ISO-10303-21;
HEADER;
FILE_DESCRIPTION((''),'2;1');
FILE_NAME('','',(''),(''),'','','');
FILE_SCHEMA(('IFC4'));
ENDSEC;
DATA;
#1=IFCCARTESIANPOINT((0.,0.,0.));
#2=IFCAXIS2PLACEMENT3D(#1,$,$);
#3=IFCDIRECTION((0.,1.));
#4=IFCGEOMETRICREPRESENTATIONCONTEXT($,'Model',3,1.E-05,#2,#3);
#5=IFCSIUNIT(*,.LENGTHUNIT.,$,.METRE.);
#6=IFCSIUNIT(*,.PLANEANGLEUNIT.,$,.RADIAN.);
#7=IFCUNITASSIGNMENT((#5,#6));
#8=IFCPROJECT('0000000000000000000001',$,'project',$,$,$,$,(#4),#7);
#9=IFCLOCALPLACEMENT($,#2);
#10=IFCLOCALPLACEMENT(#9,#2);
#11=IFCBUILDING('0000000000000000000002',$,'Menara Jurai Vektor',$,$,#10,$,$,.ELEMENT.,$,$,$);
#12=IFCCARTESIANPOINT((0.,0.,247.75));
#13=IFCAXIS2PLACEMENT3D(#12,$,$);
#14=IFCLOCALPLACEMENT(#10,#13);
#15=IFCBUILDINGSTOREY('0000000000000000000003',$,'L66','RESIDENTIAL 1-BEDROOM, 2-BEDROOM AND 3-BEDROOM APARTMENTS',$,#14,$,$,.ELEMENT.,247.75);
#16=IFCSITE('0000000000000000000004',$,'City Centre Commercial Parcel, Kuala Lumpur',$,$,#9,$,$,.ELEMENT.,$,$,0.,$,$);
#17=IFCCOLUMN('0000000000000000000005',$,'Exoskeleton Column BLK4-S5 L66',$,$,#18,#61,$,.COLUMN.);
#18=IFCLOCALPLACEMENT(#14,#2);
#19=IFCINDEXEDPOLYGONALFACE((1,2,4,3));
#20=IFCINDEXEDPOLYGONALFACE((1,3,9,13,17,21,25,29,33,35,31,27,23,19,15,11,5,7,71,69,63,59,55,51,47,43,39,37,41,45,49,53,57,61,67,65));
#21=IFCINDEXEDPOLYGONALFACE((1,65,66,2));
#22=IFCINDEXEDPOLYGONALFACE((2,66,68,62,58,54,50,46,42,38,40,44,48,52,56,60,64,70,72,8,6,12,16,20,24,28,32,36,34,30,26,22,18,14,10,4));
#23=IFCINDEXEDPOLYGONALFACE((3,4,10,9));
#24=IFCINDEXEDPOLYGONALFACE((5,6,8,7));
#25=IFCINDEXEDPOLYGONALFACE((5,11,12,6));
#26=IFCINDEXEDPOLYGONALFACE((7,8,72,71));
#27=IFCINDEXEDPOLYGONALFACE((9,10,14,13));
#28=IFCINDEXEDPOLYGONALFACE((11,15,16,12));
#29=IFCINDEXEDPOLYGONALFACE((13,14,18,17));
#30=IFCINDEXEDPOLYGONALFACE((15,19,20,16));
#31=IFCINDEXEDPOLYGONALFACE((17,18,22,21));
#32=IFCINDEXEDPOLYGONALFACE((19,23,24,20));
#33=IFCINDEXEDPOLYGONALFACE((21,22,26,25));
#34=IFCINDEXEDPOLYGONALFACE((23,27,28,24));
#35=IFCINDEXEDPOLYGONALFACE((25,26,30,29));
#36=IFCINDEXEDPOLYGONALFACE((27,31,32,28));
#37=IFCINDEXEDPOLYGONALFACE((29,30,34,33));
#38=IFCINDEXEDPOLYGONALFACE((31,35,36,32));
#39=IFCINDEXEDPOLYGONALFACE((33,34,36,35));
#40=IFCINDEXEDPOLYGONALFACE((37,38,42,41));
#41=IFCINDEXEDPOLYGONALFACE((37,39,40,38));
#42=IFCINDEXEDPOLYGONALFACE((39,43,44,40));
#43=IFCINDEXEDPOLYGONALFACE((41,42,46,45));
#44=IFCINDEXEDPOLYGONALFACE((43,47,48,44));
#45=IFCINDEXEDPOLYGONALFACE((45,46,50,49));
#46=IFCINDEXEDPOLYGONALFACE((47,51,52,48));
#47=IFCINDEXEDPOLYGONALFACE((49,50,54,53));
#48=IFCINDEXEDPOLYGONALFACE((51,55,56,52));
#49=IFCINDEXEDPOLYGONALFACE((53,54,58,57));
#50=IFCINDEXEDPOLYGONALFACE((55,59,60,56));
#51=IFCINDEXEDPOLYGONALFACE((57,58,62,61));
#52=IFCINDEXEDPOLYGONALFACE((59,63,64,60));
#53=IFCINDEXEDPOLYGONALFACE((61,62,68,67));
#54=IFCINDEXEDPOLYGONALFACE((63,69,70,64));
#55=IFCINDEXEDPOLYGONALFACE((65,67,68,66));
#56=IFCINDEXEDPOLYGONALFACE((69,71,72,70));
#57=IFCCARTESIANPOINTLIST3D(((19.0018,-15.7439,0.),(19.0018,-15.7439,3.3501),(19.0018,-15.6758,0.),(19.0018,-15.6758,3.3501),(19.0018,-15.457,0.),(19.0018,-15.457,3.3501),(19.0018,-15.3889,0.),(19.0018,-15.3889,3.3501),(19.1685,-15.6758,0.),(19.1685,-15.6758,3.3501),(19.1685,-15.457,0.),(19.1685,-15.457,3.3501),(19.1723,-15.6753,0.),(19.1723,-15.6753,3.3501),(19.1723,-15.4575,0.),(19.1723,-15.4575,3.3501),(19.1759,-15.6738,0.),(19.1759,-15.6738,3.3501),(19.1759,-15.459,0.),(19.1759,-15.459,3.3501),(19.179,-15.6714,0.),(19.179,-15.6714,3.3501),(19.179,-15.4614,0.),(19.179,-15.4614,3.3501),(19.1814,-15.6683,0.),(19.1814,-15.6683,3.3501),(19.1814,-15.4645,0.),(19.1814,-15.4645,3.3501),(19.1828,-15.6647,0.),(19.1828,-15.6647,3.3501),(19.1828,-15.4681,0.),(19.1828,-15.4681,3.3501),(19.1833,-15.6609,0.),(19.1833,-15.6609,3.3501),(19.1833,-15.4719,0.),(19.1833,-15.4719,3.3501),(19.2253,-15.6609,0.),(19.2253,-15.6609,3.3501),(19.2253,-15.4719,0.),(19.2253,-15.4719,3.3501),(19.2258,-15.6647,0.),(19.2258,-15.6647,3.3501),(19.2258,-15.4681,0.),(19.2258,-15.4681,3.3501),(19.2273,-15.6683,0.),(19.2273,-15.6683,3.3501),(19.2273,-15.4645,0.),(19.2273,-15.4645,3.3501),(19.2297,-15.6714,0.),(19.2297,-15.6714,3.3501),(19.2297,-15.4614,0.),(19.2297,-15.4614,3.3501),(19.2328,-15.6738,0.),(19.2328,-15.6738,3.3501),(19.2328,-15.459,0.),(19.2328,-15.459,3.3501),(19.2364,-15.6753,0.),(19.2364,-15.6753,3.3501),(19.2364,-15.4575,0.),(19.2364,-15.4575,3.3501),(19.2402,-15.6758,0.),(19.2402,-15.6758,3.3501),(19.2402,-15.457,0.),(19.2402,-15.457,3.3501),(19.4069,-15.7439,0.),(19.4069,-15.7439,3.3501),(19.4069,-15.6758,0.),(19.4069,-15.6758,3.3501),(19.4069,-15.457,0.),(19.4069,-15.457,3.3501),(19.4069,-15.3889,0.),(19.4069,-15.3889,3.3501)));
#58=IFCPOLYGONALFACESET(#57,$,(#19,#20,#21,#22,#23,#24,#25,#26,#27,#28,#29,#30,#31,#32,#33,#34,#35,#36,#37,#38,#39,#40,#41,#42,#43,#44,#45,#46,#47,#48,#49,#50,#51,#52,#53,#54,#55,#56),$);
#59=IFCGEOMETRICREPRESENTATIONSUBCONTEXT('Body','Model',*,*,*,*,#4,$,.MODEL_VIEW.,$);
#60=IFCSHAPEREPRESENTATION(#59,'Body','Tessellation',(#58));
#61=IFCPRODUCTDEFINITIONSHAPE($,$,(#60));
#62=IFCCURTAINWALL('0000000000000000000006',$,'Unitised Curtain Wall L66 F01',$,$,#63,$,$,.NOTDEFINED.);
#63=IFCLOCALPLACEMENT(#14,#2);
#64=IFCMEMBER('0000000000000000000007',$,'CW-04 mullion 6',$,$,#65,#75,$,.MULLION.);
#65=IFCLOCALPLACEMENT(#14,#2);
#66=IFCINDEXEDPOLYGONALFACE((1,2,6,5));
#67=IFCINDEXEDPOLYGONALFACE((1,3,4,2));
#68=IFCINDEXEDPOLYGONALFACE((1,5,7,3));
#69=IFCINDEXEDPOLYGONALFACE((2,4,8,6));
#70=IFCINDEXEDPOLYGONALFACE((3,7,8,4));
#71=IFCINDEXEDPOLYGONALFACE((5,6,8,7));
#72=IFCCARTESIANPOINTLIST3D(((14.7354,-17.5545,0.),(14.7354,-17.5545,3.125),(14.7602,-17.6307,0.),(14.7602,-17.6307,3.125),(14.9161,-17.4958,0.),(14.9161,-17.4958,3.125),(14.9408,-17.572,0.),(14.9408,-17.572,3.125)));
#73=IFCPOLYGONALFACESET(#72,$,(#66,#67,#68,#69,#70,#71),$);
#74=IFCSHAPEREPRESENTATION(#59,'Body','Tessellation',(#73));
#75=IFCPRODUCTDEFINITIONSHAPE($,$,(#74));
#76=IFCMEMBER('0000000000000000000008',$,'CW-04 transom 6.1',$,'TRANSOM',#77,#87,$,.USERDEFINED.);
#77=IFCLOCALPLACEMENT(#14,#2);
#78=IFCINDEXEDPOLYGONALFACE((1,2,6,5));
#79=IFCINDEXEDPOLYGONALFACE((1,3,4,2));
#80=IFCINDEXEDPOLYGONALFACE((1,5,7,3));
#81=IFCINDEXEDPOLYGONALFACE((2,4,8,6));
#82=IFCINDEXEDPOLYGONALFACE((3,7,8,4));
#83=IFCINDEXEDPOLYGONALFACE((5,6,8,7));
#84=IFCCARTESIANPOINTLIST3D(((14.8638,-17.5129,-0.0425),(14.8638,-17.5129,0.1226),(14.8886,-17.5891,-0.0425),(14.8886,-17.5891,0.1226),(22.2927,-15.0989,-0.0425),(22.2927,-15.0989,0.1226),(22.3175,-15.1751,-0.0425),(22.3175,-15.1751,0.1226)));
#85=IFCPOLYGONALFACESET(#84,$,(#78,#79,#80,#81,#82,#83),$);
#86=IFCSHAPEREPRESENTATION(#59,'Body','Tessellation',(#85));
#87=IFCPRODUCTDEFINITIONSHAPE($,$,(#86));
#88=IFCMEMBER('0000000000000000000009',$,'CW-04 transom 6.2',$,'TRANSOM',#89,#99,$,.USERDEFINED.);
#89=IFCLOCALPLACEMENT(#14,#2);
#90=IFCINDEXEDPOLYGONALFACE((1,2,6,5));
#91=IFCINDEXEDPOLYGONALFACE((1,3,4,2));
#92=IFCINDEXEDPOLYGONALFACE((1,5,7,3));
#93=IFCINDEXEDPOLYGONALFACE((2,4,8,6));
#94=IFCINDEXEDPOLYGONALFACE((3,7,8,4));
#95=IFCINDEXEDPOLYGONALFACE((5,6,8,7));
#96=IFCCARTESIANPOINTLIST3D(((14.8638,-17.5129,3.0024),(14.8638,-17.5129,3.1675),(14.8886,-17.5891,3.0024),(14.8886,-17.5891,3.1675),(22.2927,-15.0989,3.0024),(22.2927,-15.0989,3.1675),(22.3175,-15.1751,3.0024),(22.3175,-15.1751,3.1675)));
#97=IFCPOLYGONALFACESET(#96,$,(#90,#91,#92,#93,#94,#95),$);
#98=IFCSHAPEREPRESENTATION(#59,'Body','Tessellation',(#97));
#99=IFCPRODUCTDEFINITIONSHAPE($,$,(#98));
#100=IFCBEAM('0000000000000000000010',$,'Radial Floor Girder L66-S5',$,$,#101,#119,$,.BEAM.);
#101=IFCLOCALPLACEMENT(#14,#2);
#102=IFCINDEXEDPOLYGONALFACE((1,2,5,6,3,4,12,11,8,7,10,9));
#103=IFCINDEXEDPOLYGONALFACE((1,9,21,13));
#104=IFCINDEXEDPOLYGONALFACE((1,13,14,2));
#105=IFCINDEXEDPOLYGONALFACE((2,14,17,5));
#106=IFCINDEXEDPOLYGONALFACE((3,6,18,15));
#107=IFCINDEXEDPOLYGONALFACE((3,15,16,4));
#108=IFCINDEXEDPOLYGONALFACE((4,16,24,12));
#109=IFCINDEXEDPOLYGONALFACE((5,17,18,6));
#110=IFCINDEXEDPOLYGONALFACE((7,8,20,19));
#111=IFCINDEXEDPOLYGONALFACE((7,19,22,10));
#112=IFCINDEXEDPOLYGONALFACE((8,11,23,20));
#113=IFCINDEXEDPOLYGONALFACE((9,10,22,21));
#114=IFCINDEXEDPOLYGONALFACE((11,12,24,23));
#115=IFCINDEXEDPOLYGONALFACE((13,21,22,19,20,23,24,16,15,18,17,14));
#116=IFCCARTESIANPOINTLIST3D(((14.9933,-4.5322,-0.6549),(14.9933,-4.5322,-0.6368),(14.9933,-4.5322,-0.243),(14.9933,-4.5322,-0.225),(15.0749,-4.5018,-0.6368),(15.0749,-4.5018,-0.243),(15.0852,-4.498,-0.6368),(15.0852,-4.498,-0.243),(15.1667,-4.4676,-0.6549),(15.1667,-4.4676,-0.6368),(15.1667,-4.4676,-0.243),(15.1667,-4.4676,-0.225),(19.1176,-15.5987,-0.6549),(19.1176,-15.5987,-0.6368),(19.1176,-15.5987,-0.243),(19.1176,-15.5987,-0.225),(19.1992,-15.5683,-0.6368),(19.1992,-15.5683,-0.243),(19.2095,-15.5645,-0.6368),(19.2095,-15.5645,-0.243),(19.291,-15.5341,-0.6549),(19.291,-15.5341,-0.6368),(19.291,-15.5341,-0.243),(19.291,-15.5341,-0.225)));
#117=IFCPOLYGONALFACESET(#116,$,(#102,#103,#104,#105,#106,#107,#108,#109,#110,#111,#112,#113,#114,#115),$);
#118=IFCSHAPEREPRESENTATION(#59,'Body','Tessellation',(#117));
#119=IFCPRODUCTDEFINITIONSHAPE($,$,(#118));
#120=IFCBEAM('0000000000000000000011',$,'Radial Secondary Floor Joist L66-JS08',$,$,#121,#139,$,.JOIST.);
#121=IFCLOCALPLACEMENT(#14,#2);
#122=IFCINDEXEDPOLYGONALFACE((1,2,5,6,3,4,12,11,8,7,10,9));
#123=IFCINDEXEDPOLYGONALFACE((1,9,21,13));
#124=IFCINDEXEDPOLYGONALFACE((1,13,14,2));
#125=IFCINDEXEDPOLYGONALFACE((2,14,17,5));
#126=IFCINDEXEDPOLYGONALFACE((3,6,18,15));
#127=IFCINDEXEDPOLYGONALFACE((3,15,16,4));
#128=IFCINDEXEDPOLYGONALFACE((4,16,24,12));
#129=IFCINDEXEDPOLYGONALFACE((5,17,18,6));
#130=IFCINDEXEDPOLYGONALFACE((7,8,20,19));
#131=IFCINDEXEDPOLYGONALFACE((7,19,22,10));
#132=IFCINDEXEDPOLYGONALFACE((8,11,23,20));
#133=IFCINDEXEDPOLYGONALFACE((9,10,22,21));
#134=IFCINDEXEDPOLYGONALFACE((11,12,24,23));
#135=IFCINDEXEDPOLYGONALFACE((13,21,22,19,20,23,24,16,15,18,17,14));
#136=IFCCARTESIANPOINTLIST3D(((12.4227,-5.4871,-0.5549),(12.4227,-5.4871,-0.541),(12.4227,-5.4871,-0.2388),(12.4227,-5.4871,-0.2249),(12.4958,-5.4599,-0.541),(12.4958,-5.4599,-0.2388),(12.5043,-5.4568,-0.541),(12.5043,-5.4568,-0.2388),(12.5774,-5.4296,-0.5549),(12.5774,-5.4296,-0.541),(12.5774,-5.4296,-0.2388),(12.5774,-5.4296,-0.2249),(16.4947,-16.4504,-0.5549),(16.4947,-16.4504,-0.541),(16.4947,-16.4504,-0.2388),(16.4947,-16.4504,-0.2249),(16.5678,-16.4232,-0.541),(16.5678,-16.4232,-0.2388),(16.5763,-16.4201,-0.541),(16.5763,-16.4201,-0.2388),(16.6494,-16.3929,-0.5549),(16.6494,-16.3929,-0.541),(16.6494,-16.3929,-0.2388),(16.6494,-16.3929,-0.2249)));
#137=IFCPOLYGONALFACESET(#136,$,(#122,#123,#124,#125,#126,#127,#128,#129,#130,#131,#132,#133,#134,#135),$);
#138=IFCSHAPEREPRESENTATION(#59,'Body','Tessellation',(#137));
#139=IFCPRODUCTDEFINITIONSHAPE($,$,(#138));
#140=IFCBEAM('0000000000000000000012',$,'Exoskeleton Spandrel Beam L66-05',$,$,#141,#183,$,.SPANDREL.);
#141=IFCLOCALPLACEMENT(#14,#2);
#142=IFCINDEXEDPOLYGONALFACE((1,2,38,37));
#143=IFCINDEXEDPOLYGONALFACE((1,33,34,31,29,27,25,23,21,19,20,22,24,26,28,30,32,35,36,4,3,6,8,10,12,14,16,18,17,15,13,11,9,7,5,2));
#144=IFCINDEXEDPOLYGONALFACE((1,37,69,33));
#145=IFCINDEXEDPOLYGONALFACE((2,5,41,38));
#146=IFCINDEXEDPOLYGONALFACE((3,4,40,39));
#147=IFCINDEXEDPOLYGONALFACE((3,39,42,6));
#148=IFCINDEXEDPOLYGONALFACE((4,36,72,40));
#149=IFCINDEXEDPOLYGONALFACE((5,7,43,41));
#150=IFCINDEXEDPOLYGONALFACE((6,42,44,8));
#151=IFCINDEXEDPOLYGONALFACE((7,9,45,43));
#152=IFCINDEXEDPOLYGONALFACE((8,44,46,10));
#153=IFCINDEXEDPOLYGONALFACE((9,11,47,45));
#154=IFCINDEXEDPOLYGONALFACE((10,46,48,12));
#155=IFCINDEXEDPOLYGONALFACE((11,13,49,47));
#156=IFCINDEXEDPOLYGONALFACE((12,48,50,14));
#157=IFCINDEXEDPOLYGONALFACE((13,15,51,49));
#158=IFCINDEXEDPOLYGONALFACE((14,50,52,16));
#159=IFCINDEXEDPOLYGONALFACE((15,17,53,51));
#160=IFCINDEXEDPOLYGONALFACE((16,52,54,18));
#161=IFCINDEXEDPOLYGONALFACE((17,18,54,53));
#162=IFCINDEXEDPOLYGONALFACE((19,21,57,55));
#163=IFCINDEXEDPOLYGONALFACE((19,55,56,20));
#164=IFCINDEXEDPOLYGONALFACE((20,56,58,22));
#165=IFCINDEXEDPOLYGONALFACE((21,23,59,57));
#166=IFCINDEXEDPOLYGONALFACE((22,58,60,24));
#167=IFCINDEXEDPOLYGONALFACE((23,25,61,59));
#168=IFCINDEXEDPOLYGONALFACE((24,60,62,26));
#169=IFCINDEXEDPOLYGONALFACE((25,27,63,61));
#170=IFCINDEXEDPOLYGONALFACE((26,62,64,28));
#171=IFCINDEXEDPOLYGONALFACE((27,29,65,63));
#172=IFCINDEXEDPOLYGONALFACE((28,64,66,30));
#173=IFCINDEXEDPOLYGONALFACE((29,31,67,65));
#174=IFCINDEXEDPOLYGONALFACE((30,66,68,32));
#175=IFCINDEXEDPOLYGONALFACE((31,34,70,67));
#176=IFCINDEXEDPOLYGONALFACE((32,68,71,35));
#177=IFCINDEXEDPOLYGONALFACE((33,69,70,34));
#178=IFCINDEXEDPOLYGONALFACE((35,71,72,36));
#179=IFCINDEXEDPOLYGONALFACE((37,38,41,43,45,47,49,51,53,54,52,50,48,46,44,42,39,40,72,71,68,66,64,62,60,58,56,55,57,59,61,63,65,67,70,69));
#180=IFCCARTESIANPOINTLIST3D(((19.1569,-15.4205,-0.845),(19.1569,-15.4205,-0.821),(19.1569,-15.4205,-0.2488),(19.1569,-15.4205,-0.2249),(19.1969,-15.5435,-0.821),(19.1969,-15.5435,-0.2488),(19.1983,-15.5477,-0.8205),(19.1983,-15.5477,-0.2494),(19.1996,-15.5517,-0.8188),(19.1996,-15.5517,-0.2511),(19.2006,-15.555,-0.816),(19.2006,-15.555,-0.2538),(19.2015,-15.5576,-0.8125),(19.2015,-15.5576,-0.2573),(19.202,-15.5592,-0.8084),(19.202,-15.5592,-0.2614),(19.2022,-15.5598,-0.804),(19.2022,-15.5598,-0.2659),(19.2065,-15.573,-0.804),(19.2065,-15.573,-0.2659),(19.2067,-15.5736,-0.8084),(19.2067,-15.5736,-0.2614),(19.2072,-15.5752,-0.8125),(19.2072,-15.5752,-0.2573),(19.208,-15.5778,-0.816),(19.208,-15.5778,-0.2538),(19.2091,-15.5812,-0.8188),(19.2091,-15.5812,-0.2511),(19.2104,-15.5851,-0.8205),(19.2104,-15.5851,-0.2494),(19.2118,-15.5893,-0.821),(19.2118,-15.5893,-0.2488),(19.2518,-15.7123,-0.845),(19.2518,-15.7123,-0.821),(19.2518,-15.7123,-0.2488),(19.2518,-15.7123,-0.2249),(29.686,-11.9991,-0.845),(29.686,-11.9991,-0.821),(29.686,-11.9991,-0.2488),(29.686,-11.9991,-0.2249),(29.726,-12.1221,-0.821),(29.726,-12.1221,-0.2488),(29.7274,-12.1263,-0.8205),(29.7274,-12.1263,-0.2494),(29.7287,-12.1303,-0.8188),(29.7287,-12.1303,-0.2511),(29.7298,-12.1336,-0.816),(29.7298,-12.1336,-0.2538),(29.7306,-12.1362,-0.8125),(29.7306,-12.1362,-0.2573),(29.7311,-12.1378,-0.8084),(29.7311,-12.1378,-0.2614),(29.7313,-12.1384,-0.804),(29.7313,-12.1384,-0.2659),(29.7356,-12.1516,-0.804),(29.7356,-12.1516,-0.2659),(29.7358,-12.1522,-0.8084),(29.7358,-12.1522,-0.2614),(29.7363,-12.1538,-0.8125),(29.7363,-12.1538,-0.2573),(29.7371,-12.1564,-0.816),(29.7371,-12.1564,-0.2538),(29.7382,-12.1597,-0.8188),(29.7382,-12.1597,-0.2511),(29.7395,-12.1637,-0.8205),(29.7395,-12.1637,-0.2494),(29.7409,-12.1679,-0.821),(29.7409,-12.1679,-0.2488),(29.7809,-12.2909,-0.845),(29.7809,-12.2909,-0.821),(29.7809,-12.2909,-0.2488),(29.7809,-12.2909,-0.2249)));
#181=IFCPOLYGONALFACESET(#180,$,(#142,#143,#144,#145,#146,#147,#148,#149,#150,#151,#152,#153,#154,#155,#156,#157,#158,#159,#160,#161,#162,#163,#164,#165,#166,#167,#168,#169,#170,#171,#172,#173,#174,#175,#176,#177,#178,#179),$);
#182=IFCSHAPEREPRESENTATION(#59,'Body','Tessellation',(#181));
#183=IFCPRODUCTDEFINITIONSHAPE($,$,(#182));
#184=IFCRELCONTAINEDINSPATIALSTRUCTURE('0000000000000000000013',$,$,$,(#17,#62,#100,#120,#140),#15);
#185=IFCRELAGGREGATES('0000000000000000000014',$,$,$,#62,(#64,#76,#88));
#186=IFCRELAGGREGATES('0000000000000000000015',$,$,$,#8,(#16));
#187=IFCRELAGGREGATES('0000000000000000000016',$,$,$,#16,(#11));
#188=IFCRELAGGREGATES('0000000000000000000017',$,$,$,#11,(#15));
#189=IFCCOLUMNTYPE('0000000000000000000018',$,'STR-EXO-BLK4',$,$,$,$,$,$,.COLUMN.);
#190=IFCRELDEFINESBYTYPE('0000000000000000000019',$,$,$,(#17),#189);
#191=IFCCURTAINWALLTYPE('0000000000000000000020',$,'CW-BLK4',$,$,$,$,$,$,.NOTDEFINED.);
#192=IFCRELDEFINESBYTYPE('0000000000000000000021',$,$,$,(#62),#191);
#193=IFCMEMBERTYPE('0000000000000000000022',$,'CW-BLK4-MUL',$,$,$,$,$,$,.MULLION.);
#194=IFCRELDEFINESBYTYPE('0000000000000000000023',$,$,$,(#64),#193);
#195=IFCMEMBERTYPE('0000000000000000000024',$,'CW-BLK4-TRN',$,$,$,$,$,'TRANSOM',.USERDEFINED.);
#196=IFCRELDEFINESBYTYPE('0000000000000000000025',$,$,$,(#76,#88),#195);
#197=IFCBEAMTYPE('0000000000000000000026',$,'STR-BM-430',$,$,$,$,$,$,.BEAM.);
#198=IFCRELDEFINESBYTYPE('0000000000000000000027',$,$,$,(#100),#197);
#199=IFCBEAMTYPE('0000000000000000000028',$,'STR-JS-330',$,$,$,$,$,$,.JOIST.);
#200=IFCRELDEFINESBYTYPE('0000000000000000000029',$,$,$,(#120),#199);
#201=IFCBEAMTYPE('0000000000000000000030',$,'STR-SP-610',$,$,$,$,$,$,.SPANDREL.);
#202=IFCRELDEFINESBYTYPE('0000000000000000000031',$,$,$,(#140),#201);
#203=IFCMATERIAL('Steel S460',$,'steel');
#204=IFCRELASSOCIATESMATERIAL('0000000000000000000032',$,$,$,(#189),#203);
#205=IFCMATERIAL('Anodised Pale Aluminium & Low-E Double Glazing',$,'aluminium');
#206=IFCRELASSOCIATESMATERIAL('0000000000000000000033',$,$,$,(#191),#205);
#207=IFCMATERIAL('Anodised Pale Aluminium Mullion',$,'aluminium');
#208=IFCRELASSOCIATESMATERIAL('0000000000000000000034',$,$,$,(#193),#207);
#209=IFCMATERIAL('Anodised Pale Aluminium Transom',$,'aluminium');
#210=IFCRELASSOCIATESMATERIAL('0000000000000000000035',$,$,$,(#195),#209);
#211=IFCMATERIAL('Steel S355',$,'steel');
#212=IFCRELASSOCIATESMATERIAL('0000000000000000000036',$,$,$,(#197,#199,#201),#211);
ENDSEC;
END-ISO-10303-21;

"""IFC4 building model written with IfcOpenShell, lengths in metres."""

from ifc_helpers import new_model, si_unit, direction, frame, origin, origin_2d, place, context, subcontext, project, spatial, rectangle, i_section, extrude, material, material_profile, profile_set, type_object, element, aggregate, save


model = new_model("IFC4")

# Units and contexts
model_context = context("Model", 3, precision=1e-05, world=origin(), true_north=direction((0.0, 1.0)))
body_context = subcontext(model_context, "Body", "Model", "MODEL_VIEW")
ifc_project = project(units=[si_unit("LENGTHUNIT", "METRE"), si_unit("PLANEANGLEUNIT", "RADIAN")], contexts=[model_context])

# Site, building, storey
site_placement = place(None, origin())
site = spatial("IfcSite", under=ifc_project, at=site_placement, Name="City Centre Commercial Parcel, Kuala Lumpur", CompositionType="ELEMENT", RefElevation=0.0)
building_placement = place(site_placement, origin())
building = spatial("IfcBuilding", under=site, at=building_placement, Name="Menara Jurai Vektor", CompositionType="ELEMENT")
storey_placement = place(building_placement, frame((0.0, 0.0, 247.75)))
storey = spatial("IfcBuildingStorey", under=building, at=storey_placement, Name="L66", Description="RESIDENTIAL 1-BEDROOM, 2-BEDROOM AND 3-BEDROOM APARTMENTS", CompositionType="ELEMENT", Elevation=247.75)

# Column
ifc_material_1 = material(Name="Steel S460", Category="steel")
ifc_material_profile_1 = material_profile(ifc_material_1, i_section(OverallWidth=0.405, OverallDepth=0.355, WebThickness=0.042, FlangeThickness=0.0681, FilletRadius=0.0149, at=origin_2d()), Name="HD 400x551")
ifc_profile_set_1 = profile_set([ifc_material_profile_1], Name="Steel S460")
column_type = type_object("IfcColumnType", Name="STR-EXO-BLK4", PredefinedType="COLUMN", material=ifc_profile_set_1)
column_placement = place(storey_placement, frame((19.2043, -15.5664, 0.0), z_axis=(0.0, 0.0, 1.0), x_axis=(1.0, 0.0, 0.0)))
element("IfcColumn", 1, at=column_placement, inside=storey, type_object=column_type, Name="Exoskeleton Column BLK4-S5 L66", PredefinedType="COLUMN", context=body_context, shape_type="SweptSolid", body=[
    extrude(i_section(OverallWidth=0.405, OverallDepth=0.355, WebThickness=0.042, FlangeThickness=0.0681, FilletRadius=0.0149, at=origin_2d()), origin(), (0.0, 0.0, 1.0), 3.3501),
])

# Curtain wall, members
ifc_material_2 = material(Name="Anodised Pale Aluminium & Low-E Double Glazing", Category="aluminium")
curtain_wall_type = type_object("IfcCurtainWallType", Name="CW-BLK4", PredefinedType="NOTDEFINED", material=ifc_material_2)
curtain_wall_placement = place(storey_placement, origin())
curtain_wall = element("IfcCurtainWall", 2, at=curtain_wall_placement, inside=storey, type_object=curtain_wall_type, Name="Unitised Curtain Wall L66 F01", PredefinedType="NOTDEFINED")
ifc_material_3 = material(Name="Anodised Pale Aluminium Mullion", Category="aluminium")
ifc_material_profile_2 = material_profile(ifc_material_3, rectangle(XDim=0.0801, YDim=0.1899, at=origin_2d()), Name="ALU MUL 80x190")
ifc_profile_set_2 = profile_set([ifc_material_profile_2], Name="Anodised Pale Aluminium Mullion")
member_type_1 = type_object("IfcMemberType", Name="CW-BLK4-MUL", PredefinedType="MULLION", material=ifc_profile_set_2)
member_1_placement = place(storey_placement, frame((14.8381, -17.5632, 0.0), z_axis=(0.0, 0.0, 1.0), x_axis=(-0.309017, 0.951056, 0.0)))
member_1 = element("IfcMember", 3, at=member_1_placement, type_object=member_type_1, Name="CW-04 mullion 6", PredefinedType="MULLION", context=body_context, shape_type="SweptSolid", body=[
    extrude(rectangle(XDim=0.0801, YDim=0.1899, at=origin_2d()), origin(), (0.0, 0.0, 1.0), 3.125),
])
ifc_material_4 = material(Name="Anodised Pale Aluminium Transom", Category="aluminium")
ifc_material_profile_3 = material_profile(ifc_material_4, rectangle(XDim=0.0801, YDim=0.165, at=origin_2d()), Name="ALU TRN 80x165")
ifc_profile_set_3 = profile_set([ifc_material_profile_3], Name="Anodised Pale Aluminium Transom")
member_type_2 = type_object("IfcMemberType", Name="CW-BLK4-TRN", ElementType="TRANSOM", PredefinedType="USERDEFINED", material=ifc_profile_set_3)
member_2_placement = place(storey_placement, frame((14.8762, -17.551, 0.04), z_axis=(0.951047, 0.309046, 0.0), x_axis=(-0.309046, 0.951047, 0.0)))
member_2 = element("IfcMember", 4, at=member_2_placement, type_object=member_type_2, Name="CW-04 transom 6.1", ObjectType="TRANSOM", PredefinedType="USERDEFINED", context=body_context, shape_type="SweptSolid", body=[
    extrude(rectangle(XDim=0.0801, YDim=0.165, at=origin_2d()), origin(), (0.0, 0.0, 1.0), 7.8113),
])
member_3_placement = place(storey_placement, frame((14.8762, -17.551, 3.085), z_axis=(0.951047, 0.309046, 0.0), x_axis=(-0.309046, 0.951047, 0.0)))
member_3 = element("IfcMember", 5, at=member_3_placement, type_object=member_type_2, Name="CW-04 transom 6.2", ObjectType="TRANSOM", PredefinedType="USERDEFINED", context=body_context, shape_type="SweptSolid", body=[
    extrude(rectangle(XDim=0.0801, YDim=0.165, at=origin_2d()), origin(), (0.0, 0.0, 1.0), 7.8113),
])

# Beams
ifc_material_5 = material(Name="Steel S355", Category="steel")
ifc_material_profile_4 = material_profile(ifc_material_5, i_section(OverallWidth=0.1851, OverallDepth=0.4299, WebThickness=0.011, FlangeThickness=0.0181, at=origin_2d()), Name="PG 430x185x76")
ifc_profile_set_4 = profile_set([ifc_material_profile_4], Name="Steel S355")
beam_type_1 = type_object("IfcBeamType", Name="STR-BM-430", PredefinedType="BEAM", material=ifc_profile_set_4)
beam_1_placement = place(storey_placement, frame((19.2043, -15.5664, -0.4399), z_axis=(-0.34922, 0.937041, 0.0), x_axis=(-0.937041, -0.34922, 0.0)))
element("IfcBeam", 6, at=beam_1_placement, inside=storey, type_object=beam_type_1, Name="Radial Floor Girder L66-S5", PredefinedType="BEAM", context=body_context, shape_type="SweptSolid", body=[
    extrude(i_section(OverallWidth=0.1851, OverallDepth=0.4299, WebThickness=0.011, FlangeThickness=0.0181, at=origin_2d()), origin(), (0.0, 0.0, 1.0), 11.8101),
])
ifc_material_profile_5 = material_profile(ifc_material_5, i_section(OverallWidth=0.165, OverallDepth=0.3301, WebThickness=0.009, FlangeThickness=0.0139, at=origin_2d()), Name="PG 330x165x46")
ifc_profile_set_5 = profile_set([ifc_material_profile_5], Name="Steel S355")
beam_type_2 = type_object("IfcBeamType", Name="STR-JS-330", PredefinedType="JOIST", material=ifc_profile_set_5)
beam_2_placement = place(storey_placement, frame((16.572, -16.4216, -0.3899), z_axis=(-0.34818, 0.937428, 0.0), x_axis=(-0.937428, -0.34818, 0.0)))
element("IfcBeam", 7, at=beam_2_placement, inside=storey, type_object=beam_type_2, Name="Radial Secondary Floor Joist L66-JS08", PredefinedType="JOIST", context=body_context, shape_type="SweptSolid", body=[
    extrude(i_section(OverallWidth=0.165, OverallDepth=0.3301, WebThickness=0.009, FlangeThickness=0.0139, at=origin_2d()), origin(), (0.0, 0.0, 1.0), 11.6951),
])
ifc_material_profile_6 = material_profile(ifc_material_5, i_section(OverallWidth=0.3069, OverallDepth=0.6201, WebThickness=0.0139, FlangeThickness=0.0239, FilletRadius=0.0171, at=origin_2d()), Name="UKB 610x305x179")
ifc_profile_set_6 = profile_set([ifc_material_profile_6], Name="Steel S355")
beam_type_3 = type_object("IfcBeamType", Name="STR-SP-610", PredefinedType="SPANDREL", material=ifc_profile_set_6)
beam_3_placement = place(storey_placement, frame((19.2043, -15.5664, -0.5349), z_axis=(0.951049, 0.309041, 0.0), x_axis=(-0.309041, 0.951049, 0.0)))
element("IfcBeam", 8, at=beam_3_placement, inside=storey, type_object=beam_type_3, Name="Exoskeleton Spandrel Beam L66-05", PredefinedType="SPANDREL", context=body_context, shape_type="SweptSolid", body=[
    extrude(i_section(OverallWidth=0.3069, OverallDepth=0.6201, WebThickness=0.0139, FlangeThickness=0.0239, FilletRadius=0.0171, at=origin_2d()), origin(), (0.0, 0.0, 1.0), 11.071),
])

aggregate(curtain_wall, [member_1, member_2, member_3])

save(model, "model.ifc")
